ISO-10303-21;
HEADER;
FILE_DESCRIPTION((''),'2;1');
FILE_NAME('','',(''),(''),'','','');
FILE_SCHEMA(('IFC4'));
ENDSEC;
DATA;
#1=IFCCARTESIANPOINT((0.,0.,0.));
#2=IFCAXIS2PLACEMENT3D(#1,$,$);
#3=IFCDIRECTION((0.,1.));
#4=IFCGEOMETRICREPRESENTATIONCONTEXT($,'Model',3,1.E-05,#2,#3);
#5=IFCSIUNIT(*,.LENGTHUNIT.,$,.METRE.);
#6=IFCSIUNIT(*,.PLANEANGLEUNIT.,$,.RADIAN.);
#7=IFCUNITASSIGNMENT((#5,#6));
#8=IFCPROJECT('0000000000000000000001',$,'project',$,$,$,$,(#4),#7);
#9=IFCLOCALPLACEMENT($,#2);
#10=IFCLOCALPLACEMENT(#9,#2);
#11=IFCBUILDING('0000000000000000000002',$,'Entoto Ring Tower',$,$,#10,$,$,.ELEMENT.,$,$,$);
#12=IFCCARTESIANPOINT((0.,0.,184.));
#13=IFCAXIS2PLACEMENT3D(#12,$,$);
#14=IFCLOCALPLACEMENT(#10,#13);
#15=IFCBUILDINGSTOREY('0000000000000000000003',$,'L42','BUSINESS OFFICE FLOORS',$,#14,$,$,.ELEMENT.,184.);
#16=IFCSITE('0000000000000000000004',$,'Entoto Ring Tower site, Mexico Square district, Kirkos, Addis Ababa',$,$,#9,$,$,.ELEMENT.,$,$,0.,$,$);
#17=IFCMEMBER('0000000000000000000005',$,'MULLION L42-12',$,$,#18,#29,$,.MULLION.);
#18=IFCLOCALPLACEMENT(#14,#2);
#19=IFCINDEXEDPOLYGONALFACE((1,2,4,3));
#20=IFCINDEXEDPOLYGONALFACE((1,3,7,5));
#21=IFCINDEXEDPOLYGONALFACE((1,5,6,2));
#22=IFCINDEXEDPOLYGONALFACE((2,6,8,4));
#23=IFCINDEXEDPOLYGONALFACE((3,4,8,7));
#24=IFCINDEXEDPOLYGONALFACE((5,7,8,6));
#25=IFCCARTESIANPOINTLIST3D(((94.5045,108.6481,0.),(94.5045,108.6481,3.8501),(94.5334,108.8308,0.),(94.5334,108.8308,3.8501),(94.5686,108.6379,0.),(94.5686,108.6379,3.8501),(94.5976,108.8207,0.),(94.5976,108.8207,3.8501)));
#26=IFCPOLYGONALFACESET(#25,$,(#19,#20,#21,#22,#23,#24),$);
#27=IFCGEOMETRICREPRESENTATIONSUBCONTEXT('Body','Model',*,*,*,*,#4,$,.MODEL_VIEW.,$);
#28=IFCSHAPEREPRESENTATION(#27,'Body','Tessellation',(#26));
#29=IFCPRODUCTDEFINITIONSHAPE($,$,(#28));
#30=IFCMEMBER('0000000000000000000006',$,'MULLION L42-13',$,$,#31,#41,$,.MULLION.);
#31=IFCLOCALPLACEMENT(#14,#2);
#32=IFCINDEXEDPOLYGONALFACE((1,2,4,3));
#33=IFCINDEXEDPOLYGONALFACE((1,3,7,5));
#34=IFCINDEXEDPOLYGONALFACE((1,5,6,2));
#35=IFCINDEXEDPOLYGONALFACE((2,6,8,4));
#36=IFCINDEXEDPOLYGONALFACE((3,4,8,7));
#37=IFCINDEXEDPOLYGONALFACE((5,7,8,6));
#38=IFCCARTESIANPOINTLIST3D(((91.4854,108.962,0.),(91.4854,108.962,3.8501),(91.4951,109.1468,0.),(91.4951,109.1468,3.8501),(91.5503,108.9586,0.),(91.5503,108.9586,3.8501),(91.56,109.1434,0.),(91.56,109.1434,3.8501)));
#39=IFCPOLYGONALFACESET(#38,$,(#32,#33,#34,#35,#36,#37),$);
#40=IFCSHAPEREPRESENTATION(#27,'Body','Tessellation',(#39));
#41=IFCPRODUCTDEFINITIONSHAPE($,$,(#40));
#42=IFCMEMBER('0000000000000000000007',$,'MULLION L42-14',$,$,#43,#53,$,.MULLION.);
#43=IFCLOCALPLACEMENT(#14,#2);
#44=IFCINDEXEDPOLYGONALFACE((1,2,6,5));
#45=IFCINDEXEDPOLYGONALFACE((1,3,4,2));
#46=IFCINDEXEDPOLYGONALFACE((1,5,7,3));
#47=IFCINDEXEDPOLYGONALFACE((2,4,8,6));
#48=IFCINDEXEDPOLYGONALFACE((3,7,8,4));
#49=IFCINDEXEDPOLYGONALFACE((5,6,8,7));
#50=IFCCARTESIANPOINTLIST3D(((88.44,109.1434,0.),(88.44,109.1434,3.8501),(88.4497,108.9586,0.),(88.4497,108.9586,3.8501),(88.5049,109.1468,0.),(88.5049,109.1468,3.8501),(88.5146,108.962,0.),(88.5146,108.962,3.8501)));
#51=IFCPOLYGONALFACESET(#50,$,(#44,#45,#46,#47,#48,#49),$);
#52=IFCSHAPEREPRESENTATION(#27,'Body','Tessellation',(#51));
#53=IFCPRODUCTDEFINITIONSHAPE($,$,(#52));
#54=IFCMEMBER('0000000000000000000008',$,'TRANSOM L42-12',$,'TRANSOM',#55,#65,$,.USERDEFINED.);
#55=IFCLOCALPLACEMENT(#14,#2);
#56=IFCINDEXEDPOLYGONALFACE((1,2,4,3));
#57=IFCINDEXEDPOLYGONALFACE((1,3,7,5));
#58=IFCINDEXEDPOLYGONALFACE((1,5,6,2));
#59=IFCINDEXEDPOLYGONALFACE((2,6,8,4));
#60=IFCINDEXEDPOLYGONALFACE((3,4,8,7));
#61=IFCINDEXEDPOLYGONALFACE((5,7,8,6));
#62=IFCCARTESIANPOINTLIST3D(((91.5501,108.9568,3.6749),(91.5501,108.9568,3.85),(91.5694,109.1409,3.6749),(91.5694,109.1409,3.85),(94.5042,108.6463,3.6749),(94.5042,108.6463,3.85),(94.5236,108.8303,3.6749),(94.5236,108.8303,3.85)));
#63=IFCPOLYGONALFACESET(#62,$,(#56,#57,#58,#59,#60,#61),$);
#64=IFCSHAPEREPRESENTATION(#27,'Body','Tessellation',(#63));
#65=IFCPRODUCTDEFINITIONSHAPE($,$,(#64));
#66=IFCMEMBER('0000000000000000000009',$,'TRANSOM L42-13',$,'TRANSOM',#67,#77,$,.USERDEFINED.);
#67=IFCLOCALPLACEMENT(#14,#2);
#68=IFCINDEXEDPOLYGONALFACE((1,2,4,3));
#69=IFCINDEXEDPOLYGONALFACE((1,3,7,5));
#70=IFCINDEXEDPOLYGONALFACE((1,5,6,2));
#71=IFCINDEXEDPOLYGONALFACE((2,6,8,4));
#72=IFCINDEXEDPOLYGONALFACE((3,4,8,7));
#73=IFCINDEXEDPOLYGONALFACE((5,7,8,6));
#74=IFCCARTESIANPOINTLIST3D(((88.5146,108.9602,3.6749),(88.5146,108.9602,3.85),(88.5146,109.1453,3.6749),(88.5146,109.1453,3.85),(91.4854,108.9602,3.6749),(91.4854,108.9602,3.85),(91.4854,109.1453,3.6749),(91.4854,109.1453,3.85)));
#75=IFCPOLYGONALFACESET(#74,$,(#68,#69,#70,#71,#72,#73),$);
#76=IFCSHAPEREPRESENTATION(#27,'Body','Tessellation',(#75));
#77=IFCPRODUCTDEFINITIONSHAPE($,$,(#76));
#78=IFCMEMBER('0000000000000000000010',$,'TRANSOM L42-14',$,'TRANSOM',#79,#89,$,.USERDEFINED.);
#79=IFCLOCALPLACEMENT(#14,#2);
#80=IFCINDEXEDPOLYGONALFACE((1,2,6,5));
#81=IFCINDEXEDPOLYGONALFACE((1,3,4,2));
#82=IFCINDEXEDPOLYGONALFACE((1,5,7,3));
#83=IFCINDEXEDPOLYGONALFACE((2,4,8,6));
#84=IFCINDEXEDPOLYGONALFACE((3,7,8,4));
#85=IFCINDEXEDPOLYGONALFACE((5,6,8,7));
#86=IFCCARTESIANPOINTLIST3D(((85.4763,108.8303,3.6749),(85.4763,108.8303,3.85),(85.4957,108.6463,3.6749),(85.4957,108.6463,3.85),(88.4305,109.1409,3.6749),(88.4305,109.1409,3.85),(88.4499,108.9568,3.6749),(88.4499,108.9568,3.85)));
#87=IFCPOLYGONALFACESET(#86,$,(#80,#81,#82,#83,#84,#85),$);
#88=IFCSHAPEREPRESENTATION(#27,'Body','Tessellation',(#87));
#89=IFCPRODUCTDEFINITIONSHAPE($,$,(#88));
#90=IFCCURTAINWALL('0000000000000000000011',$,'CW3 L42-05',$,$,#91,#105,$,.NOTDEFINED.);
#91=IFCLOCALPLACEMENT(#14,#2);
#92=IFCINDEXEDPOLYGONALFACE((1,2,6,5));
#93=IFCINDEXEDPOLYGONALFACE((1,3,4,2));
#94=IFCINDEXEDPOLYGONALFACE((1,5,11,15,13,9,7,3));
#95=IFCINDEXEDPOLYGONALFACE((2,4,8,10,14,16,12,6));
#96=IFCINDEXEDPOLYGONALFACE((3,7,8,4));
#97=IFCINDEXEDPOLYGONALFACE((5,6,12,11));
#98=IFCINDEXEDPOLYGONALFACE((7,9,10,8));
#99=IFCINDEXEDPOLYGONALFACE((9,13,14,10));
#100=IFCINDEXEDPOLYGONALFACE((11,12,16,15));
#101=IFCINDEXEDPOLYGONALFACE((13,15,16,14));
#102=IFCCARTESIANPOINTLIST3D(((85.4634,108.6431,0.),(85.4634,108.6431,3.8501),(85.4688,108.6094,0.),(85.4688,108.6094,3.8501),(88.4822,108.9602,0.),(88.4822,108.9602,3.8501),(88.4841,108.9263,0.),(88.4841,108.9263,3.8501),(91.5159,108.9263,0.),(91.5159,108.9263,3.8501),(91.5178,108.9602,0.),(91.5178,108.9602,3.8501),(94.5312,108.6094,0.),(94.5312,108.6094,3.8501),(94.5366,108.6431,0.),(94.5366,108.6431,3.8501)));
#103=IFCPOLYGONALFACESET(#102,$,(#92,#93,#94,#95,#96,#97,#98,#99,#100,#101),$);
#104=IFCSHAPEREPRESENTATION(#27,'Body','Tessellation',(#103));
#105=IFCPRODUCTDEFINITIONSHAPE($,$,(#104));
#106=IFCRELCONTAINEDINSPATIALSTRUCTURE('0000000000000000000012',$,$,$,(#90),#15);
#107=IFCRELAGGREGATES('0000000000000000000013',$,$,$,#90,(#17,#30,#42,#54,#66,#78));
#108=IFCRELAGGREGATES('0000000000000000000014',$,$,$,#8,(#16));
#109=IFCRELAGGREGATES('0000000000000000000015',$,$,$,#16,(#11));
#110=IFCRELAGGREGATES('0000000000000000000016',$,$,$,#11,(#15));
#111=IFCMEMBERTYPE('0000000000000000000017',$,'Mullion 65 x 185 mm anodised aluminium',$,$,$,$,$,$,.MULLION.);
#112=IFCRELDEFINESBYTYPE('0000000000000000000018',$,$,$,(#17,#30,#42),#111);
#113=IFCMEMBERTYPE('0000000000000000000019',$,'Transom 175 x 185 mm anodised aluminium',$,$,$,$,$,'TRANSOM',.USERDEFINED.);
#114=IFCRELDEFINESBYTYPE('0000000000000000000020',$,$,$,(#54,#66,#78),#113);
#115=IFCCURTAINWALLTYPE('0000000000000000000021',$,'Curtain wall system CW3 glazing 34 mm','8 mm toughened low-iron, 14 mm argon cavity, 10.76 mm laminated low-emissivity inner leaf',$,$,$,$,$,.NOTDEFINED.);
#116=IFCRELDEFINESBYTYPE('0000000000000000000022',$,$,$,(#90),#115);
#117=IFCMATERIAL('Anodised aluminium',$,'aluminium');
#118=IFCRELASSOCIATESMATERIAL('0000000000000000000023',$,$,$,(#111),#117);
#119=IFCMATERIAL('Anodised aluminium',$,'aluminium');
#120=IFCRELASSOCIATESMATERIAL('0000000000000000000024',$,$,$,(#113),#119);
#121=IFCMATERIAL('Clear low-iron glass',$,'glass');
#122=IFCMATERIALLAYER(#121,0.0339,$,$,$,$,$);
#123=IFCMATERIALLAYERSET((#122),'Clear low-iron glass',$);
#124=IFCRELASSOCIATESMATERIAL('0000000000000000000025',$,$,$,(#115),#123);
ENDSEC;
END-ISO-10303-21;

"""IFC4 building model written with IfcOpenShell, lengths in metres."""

from ifc_helpers import new_model, si_unit, direction, frame, origin, origin_2d, place, context, subcontext, project, spatial, polyline, rectangle, outline, extrude, material, layer, layer_set, material_profile, profile_set, type_object, element, aggregate, save


model = new_model("IFC4")

# Units and contexts
model_context = context("Model", 3, precision=1e-05, world=origin(), true_north=direction((0.0, 1.0)))
body_context = subcontext(model_context, "Body", "Model", "MODEL_VIEW")
ifc_project = project(units=[si_unit("LENGTHUNIT", "METRE"), si_unit("PLANEANGLEUNIT", "RADIAN")], contexts=[model_context])

# Members
ifc_material_1 = material(Name="Anodised aluminium", Category="aluminium")
ifc_material_profile_1 = material_profile(ifc_material_1, rectangle(XDim=0.0649, YDim=0.1851, at=origin_2d()), Name="Mullion 65 x 185 mm anodised aluminium")
ifc_profile_set_1 = profile_set([ifc_material_profile_1], Name="Anodised aluminium")
member_type_1 = type_object("IfcMemberType", Name="Mullion 65 x 185 mm anodised aluminium", PredefinedType="MULLION", material=ifc_profile_set_1)
site_placement = place(None, origin())
building_placement = place(site_placement, origin())
storey_placement = place(building_placement, frame((0.0, 0.0, 184.0)))
member_1_placement = place(storey_placement, frame((94.551, 108.7344, 0.0), z_axis=(0.0, 0.0, 1.0), x_axis=(-0.987688, 0.156434, 0.0)))
member_1 = element("IfcMember", 1, at=member_1_placement, type_object=member_type_1, Name="MULLION L42-12", PredefinedType="MULLION", context=body_context, shape_type="SweptSolid", body=[
    extrude(rectangle(XDim=0.0649, YDim=0.1851, at=origin_2d()), origin(), (0.0, 0.0, 1.0), 3.8501),
])
member_2_placement = place(storey_placement, frame((91.5227, 109.0527, 0.0), z_axis=(0.0, 0.0, 1.0), x_axis=(-0.99863, 0.052336, 0.0)))
member_2 = element("IfcMember", 2, at=member_2_placement, type_object=member_type_1, Name="MULLION L42-13", PredefinedType="MULLION", context=body_context, shape_type="SweptSolid", body=[
    extrude(rectangle(XDim=0.0649, YDim=0.1851, at=origin_2d()), origin(), (0.0, 0.0, 1.0), 3.8501),
])
member_3_placement = place(storey_placement, frame((88.4773, 109.0527, 0.0), z_axis=(0.0, 0.0, 1.0), x_axis=(-0.99863, -0.052336, 0.0)))
member_3 = element("IfcMember", 3, at=member_3_placement, type_object=member_type_1, Name="MULLION L42-14", PredefinedType="MULLION", context=body_context, shape_type="SweptSolid", body=[
    extrude(rectangle(XDim=0.0649, YDim=0.1851, at=origin_2d()), origin(), (0.0, 0.0, 1.0), 3.8501),
])
ifc_material_2 = material(Name="Anodised aluminium", Category="aluminium")
ifc_material_profile_2 = material_profile(ifc_material_2, rectangle(XDim=0.1851, YDim=0.175, at=origin_2d()), Name="Transom 175 x 185 mm anodised aluminium")
ifc_profile_set_2 = profile_set([ifc_material_profile_2], Name="Anodised aluminium")
member_type_2 = type_object("IfcMemberType", Name="Transom 175 x 185 mm anodised aluminium", ElementType="TRANSOM", PredefinedType="USERDEFINED", material=ifc_profile_set_2)
member_4_placement = place(storey_placement, frame((94.5139, 108.7383, 3.7625), z_axis=(-0.99452, 0.104548, 0.0), x_axis=(-0.104548, -0.99452, 0.0)))
member_4 = element("IfcMember", 4, at=member_4_placement, type_object=member_type_2, Name="TRANSOM L42-12", ObjectType="TRANSOM", PredefinedType="USERDEFINED", context=body_context, shape_type="SweptSolid", body=[
    extrude(rectangle(XDim=0.1851, YDim=0.175, at=origin_2d()), origin(), (0.0, 0.0, 1.0), 2.9705),
])
member_5_placement = place(storey_placement, frame((91.4854, 109.0527, 3.7625), z_axis=(-1.0, 0.0, 0.0), x_axis=(0.0, -1.0, 0.0)))
member_5 = element("IfcMember", 5, at=member_5_placement, type_object=member_type_2, Name="TRANSOM L42-13", ObjectType="TRANSOM", PredefinedType="USERDEFINED", context=body_context, shape_type="SweptSolid", body=[
    extrude(rectangle(XDim=0.1851, YDim=0.175, at=origin_2d()), origin(), (0.0, 0.0, 1.0), 2.9707),
])
member_6_placement = place(storey_placement, frame((88.4402, 109.0488, 3.7625), z_axis=(-0.99452, -0.104548, 0.0), x_axis=(0.104548, -0.99452, 0.0)))
member_6 = element("IfcMember", 6, at=member_6_placement, type_object=member_type_2, Name="TRANSOM L42-14", ObjectType="TRANSOM", PredefinedType="USERDEFINED", context=body_context, shape_type="SweptSolid", body=[
    extrude(rectangle(XDim=0.1851, YDim=0.175, at=origin_2d()), origin(), (0.0, 0.0, 1.0), 2.9705),
])

# Site, building, storey
site = spatial("IfcSite", under=ifc_project, at=site_placement, Name="Entoto Ring Tower site, Mexico Square district, Kirkos, Addis Ababa", CompositionType="ELEMENT", RefElevation=0.0)
building = spatial("IfcBuilding", under=site, at=building_placement, Name="Entoto Ring Tower", CompositionType="ELEMENT")
storey = spatial("IfcBuildingStorey", under=building, at=storey_placement, Name="L42", Description="BUSINESS OFFICE FLOORS", CompositionType="ELEMENT", Elevation=184.0)

# Curtain wall
ifc_material_3 = material(Name="Clear low-iron glass", Category="glass")
ifc_layer = layer(ifc_material_3, 0.0339)
ifc_layer_set = layer_set([ifc_layer], Name="Clear low-iron glass")
curtain_wall_type = type_object("IfcCurtainWallType", Name="Curtain wall system CW3 glazing 34 mm", Description="8 mm toughened low-iron, 14 mm argon cavity, 10.76 mm laminated low-emissivity inner leaf", PredefinedType="NOTDEFINED", material=ifc_layer_set)
curtain_wall_1_placement = place(storey_placement, origin())
curtain_wall_1 = element("IfcCurtainWall", 7, at=curtain_wall_1_placement, inside=storey, type_object=curtain_wall_type, Name="CW3 L42-05", PredefinedType="NOTDEFINED", context=body_context, shape_type="SweptSolid", body=[
    extrude(outline(polyline([(94.5366, 108.6431), (91.5178, 108.9602), (88.4822, 108.9602), (85.4634, 108.6431), (85.4688, 108.6094), (88.4841, 108.9263), (91.5159, 108.9263), (94.5312, 108.6094), (94.5366, 108.6431)])), origin(), (0.0, 0.0, 1.0), 3.8501),
])
aggregate(curtain_wall_1, [member_1, member_2, member_3, member_4, member_5, member_6])

save(model, "model.ifc")
